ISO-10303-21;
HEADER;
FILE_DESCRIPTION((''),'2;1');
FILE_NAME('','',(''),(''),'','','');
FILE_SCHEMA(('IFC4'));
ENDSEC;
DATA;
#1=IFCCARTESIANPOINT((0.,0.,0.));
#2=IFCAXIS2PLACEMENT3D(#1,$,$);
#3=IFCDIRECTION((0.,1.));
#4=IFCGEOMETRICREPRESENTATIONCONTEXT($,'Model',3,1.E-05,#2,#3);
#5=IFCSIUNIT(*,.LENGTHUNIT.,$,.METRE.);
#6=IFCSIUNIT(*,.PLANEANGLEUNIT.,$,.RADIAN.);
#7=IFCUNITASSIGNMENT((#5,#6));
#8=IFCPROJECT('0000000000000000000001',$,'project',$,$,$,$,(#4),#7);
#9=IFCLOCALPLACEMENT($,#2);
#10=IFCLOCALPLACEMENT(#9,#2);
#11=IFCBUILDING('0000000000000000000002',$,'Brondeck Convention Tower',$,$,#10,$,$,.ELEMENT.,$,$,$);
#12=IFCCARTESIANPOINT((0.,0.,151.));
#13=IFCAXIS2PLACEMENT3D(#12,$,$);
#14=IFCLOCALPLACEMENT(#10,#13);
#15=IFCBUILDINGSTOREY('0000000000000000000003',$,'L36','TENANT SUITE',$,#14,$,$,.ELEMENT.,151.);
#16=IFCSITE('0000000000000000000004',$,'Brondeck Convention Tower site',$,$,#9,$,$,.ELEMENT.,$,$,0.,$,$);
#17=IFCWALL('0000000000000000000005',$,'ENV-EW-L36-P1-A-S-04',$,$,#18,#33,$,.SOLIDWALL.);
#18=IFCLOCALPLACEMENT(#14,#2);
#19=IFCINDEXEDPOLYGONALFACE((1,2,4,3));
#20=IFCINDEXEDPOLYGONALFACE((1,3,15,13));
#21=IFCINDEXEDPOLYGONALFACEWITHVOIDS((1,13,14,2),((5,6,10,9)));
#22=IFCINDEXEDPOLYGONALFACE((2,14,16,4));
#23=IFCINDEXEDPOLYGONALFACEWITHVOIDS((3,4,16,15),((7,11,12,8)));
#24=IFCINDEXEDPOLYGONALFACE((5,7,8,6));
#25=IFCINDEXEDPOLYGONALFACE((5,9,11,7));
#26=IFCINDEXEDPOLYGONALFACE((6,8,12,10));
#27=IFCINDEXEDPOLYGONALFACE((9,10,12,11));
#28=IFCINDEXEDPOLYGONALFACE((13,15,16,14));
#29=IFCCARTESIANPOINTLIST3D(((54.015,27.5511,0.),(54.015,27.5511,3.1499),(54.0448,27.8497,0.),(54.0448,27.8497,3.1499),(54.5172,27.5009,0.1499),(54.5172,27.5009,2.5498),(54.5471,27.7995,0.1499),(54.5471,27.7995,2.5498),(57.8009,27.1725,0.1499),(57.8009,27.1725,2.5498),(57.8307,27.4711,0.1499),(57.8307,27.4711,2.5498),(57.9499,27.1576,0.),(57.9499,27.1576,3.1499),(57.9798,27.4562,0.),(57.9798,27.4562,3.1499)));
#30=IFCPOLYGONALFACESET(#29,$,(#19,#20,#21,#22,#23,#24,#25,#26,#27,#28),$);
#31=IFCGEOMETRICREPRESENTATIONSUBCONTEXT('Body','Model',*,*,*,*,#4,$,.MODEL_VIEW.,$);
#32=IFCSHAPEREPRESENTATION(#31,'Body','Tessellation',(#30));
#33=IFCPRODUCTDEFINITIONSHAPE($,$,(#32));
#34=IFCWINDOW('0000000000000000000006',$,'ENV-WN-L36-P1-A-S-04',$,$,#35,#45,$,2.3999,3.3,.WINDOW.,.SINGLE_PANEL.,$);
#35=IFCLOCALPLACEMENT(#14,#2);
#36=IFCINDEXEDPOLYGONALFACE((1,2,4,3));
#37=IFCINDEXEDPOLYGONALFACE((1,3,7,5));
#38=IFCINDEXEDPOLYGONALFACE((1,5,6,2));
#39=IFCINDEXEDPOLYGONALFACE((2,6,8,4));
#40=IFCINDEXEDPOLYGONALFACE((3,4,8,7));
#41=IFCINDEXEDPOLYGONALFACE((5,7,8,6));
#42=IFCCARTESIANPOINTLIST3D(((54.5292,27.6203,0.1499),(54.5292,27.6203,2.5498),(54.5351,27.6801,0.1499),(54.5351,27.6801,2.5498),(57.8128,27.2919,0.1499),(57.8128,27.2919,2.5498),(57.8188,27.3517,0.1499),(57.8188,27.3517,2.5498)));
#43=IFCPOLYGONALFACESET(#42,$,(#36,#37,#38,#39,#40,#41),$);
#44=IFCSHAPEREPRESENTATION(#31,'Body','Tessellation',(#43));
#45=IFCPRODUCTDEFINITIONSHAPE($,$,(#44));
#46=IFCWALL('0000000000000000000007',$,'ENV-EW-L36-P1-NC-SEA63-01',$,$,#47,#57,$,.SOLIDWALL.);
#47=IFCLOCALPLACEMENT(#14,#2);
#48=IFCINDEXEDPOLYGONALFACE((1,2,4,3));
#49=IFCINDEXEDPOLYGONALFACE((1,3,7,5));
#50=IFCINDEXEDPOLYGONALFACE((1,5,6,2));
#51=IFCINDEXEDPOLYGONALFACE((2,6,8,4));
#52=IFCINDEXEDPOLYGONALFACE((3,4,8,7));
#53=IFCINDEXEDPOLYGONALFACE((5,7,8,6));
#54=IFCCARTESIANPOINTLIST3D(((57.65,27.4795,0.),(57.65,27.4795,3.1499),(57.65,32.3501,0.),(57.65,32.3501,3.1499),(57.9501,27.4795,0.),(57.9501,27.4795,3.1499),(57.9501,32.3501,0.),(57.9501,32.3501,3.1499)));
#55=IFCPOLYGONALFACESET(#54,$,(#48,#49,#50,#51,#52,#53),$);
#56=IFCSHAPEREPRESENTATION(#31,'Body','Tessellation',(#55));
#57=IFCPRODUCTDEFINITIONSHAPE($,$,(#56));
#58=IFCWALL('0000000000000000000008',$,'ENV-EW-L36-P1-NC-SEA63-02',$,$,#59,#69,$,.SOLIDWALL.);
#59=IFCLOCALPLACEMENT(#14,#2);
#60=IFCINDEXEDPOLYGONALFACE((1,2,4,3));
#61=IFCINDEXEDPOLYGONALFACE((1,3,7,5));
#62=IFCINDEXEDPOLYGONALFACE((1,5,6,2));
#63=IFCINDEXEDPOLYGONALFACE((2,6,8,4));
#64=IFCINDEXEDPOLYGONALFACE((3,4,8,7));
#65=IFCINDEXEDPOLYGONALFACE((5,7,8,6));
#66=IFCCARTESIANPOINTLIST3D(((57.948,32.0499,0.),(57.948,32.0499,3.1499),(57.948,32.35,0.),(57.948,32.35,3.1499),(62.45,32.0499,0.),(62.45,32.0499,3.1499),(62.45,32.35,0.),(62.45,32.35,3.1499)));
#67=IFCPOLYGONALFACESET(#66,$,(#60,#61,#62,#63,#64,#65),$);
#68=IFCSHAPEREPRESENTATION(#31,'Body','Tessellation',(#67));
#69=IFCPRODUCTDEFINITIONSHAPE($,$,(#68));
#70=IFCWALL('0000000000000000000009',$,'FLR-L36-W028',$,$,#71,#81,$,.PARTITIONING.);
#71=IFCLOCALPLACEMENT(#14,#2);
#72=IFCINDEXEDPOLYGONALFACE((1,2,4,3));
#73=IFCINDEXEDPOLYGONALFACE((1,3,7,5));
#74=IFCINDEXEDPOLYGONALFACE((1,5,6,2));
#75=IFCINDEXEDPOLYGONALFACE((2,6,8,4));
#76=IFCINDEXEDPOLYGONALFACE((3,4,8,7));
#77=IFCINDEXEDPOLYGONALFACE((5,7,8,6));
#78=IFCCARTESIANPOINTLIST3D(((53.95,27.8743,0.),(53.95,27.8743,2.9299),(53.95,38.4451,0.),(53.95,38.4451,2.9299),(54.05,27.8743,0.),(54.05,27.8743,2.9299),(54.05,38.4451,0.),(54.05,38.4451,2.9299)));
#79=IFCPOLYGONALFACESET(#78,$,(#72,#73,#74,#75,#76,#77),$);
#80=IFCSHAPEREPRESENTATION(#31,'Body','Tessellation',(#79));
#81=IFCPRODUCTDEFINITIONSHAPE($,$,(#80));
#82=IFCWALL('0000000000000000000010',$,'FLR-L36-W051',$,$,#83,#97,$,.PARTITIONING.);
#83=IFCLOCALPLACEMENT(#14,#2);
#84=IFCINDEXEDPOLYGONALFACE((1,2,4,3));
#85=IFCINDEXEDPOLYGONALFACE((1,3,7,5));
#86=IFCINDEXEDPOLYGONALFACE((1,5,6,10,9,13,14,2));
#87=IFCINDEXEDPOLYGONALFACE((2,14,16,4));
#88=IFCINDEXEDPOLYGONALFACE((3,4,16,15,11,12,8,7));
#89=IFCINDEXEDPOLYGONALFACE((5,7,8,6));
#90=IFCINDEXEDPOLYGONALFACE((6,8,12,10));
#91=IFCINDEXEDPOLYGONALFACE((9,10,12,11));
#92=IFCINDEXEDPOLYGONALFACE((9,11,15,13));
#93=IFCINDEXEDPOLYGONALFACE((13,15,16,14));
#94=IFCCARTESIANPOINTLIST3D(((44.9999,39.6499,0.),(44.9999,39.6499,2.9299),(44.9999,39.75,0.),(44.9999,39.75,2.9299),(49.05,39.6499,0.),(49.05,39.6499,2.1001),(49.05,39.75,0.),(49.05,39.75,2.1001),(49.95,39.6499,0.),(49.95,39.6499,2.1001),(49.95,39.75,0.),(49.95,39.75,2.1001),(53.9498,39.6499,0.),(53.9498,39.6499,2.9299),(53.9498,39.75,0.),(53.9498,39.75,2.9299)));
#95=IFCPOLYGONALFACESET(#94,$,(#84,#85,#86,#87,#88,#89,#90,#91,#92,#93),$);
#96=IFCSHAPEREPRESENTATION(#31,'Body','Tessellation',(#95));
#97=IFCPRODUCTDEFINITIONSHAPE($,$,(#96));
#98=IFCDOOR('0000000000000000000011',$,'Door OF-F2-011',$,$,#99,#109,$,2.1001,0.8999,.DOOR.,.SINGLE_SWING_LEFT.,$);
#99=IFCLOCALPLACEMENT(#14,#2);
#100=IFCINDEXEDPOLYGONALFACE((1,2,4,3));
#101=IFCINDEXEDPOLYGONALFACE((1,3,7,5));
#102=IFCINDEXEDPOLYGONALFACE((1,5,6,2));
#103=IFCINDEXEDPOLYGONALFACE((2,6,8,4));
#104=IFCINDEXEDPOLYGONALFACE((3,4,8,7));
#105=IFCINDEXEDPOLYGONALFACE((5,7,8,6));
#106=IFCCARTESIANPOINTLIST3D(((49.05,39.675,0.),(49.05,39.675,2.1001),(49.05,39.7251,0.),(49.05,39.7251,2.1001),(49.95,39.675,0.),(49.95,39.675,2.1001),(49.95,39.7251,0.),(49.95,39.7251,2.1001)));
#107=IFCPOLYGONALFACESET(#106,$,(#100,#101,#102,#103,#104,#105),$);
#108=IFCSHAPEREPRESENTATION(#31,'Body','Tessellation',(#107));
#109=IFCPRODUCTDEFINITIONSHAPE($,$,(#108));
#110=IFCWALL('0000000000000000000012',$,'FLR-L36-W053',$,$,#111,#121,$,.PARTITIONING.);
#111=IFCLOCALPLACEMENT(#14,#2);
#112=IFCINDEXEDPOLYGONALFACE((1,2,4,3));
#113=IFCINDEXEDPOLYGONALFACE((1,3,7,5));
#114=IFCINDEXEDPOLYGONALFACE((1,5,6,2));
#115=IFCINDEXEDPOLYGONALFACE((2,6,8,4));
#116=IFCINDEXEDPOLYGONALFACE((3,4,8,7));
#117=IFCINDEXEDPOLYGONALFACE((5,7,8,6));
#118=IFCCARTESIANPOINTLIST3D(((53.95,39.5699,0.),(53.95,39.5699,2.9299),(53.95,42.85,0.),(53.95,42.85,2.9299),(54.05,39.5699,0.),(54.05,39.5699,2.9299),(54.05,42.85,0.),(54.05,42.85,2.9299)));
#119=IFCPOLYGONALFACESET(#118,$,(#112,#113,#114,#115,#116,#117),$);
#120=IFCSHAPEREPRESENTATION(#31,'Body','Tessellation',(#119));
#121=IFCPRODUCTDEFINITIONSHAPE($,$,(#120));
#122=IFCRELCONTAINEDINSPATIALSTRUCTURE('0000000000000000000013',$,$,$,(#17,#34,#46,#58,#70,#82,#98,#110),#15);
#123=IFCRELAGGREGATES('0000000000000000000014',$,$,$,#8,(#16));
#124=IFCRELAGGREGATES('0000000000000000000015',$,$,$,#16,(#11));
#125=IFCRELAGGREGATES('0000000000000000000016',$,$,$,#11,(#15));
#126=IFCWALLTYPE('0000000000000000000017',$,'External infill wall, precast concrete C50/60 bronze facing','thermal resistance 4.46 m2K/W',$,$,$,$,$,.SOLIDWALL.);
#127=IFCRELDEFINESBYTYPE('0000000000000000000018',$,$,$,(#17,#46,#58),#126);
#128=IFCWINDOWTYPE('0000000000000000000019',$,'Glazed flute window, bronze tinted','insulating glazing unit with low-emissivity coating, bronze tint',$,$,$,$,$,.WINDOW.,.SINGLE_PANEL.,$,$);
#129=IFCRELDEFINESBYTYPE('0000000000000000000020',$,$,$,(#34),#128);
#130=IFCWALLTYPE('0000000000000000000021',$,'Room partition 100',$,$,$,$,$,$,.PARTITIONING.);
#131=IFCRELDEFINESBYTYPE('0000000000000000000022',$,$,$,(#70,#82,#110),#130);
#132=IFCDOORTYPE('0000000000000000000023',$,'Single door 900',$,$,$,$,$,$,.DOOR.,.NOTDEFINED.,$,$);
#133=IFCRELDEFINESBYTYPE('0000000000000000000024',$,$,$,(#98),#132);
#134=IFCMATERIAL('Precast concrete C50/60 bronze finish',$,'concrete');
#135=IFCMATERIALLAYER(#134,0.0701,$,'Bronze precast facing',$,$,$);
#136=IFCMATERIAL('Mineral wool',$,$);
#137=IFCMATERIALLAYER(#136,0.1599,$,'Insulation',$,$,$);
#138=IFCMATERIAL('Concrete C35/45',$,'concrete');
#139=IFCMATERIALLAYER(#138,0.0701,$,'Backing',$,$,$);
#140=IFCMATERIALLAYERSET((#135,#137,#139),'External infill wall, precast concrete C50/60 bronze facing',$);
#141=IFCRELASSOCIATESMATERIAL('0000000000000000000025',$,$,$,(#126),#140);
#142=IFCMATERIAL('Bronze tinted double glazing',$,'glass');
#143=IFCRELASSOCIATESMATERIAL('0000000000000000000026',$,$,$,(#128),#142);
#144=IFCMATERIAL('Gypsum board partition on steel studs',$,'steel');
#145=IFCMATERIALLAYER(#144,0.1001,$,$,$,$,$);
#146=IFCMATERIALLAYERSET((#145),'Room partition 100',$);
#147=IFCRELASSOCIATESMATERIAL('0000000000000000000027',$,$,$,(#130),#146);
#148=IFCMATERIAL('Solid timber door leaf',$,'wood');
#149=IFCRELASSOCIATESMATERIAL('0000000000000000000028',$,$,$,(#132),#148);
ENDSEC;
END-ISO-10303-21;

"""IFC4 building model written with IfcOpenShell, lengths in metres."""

from ifc_helpers import new_model, si_unit, direction, frame, frame_2d, origin, place, context, subcontext, project, spatial, rectangle, extrude, material, layer, layer_set, type_object, element, fill, save


model = new_model("IFC4")

# Units and contexts
model_context = context("Model", 3, precision=1e-05, world=origin(), true_north=direction((0.0, 1.0)))
body_context = subcontext(model_context, "Body", "Model", "MODEL_VIEW")
ifc_project = project(units=[si_unit("LENGTHUNIT", "METRE"), si_unit("PLANEANGLEUNIT", "RADIAN")], contexts=[model_context])

# Site, building, storey
site_placement = place(None, origin())
site = spatial("IfcSite", under=ifc_project, at=site_placement, Name="Brondeck Convention Tower site", CompositionType="ELEMENT", RefElevation=0.0)
building_placement = place(site_placement, origin())
building = spatial("IfcBuilding", under=site, at=building_placement, Name="Brondeck Convention Tower", CompositionType="ELEMENT")
storey_placement = place(building_placement, frame((0.0, 0.0, 151.0)))
storey = spatial("IfcBuildingStorey", under=building, at=storey_placement, Name="L36", Description="TENANT SUITE", CompositionType="ELEMENT", Elevation=151.0)

# Shared definitions
ifc_material_1 = material(Name="Precast concrete C50/60 bronze finish", Category="concrete")
ifc_layer_1 = layer(ifc_material_1, 0.0701, Name="Bronze precast facing")
ifc_material_2 = material(Name="Mineral wool")
ifc_layer_2 = layer(ifc_material_2, 0.1599, Name="Insulation")
ifc_material_3 = material(Name="Concrete C35/45", Category="concrete")
ifc_layer_3 = layer(ifc_material_3, 0.0701, Name="Backing")
ifc_layer_set_1 = layer_set([ifc_layer_1, ifc_layer_2, ifc_layer_3], Name="External infill wall, precast concrete C50/60 bronze facing")
wall_type_1 = type_object("IfcWallType", Name="External infill wall, precast concrete C50/60 bronze facing", Description="thermal resistance 4.46 m2K/W", PredefinedType="SOLIDWALL", material=ifc_layer_set_1)
ifc_material_4 = material(Name="Bronze tinted double glazing", Category="glass")
window_type_1 = type_object("IfcWindowType", Name="Glazed flute window, bronze tinted", Description="insulating glazing unit with low-emissivity coating, bronze tint", PartitioningType="SINGLE_PANEL", PredefinedType="WINDOW", material=ifc_material_4)

# Wall, opening, window
wall_1_placement = place(storey_placement, frame((57.9648, 27.3069, 0.0), z_axis=(0.0, 0.0, 1.0), x_axis=(-0.995036, 0.099516, 0.0)))
wall_1 = element("IfcWall", 1, at=wall_1_placement, inside=storey, type_object=wall_type_1, Name="ENV-EW-L36-P1-A-S-04", PredefinedType="SOLIDWALL", context=body_context, shape_type="SweptSolid", body=[
    extrude(rectangle(XDim=3.9546, YDim=0.3, at=frame_2d((1.9773, 0.0))), origin(), (0.0, 0.0, 1.0), 3.1499),
])
opening_1_placement = place(wall_1_placement, frame((0.1499, 0.0, 0.1499)))
opening_1 = element("IfcOpeningElement", 2, at=opening_1_placement, cuts=wall_1, PredefinedType="OPENING", context=body_context, shape_type="SweptSolid", body=[
    extrude(rectangle(XDim=3.3, YDim=2.3999, at=frame_2d((1.6499, 1.2))), frame((0.0, 0.1599, 0.0), z_axis=(0.0, -1.0, 0.0), x_axis=(1.0, 0.0, 0.0)), (0.0, 0.0, 1.0), 0.3201),
])
window_1_placement = place(opening_1_placement, origin())
window_1 = element("IfcWindow", 3, at=window_1_placement, inside=storey, type_object=window_type_1, Name="ENV-WN-L36-P1-A-S-04", OverallHeight=2.3999, OverallWidth=3.3, PartitioningType="SINGLE_PANEL", PredefinedType="WINDOW", context=body_context, shape_type="SweptSolid", body=[
    extrude(rectangle(XDim=3.3, YDim=2.3999, at=frame_2d((1.6499, 1.2))), frame((0.0, 0.03, 0.0), z_axis=(0.0, -1.0, 0.0), x_axis=(1.0, 0.0, 0.0)), (0.0, 0.0, 1.0), 0.0601),
])
fill(opening_1, window_1)

# Walls
wall_2_placement = place(storey_placement, frame((57.8, 32.3501, 0.0), z_axis=(0.0, 0.0, 1.0), x_axis=(0.0, -1.0, 0.0)))
element("IfcWall", 4, at=wall_2_placement, inside=storey, type_object=wall_type_1, Name="ENV-EW-L36-P1-NC-SEA63-01", PredefinedType="SOLIDWALL", context=body_context, shape_type="SweptSolid", body=[
    extrude(rectangle(XDim=4.8706, YDim=0.3, at=frame_2d((2.4353, 0.0))), origin(), (0.0, 0.0, 1.0), 3.1499),
])
wall_3_placement = place(storey_placement, frame((62.45, 32.2, 0.0), z_axis=(0.0, 0.0, 1.0), x_axis=(-1.0, 0.0, 0.0)))
element("IfcWall", 5, at=wall_3_placement, inside=storey, type_object=wall_type_1, Name="ENV-EW-L36-P1-NC-SEA63-02", PredefinedType="SOLIDWALL", context=body_context, shape_type="SweptSolid", body=[
    extrude(rectangle(XDim=4.502, YDim=0.3, at=frame_2d((2.251, 0.0))), origin(), (0.0, 0.0, 1.0), 3.1499),
])
ifc_material_5 = material(Name="Gypsum board partition on steel studs", Category="steel")
ifc_layer_4 = layer(ifc_material_5, 0.1001)
ifc_layer_set_2 = layer_set([ifc_layer_4], Name="Room partition 100")
wall_type_2 = type_object("IfcWallType", Name="Room partition 100", PredefinedType="PARTITIONING", material=ifc_layer_set_2)
wall_4_placement = place(storey_placement, frame((54.0, 27.8743, 0.0), z_axis=(0.0, 0.0, 1.0), x_axis=(0.0, 1.0, 0.0)))
element("IfcWall", 6, at=wall_4_placement, inside=storey, type_object=wall_type_2, Name="FLR-L36-W028", PredefinedType="PARTITIONING", context=body_context, shape_type="SweptSolid", body=[
    extrude(rectangle(XDim=10.5708, YDim=0.1001, at=frame_2d((5.2854, 0.0))), origin(), (0.0, 0.0, 1.0), 2.9299),
])

# Wall, opening, door
wall_5_placement = place(storey_placement, frame((53.95, 39.7, 0.0), z_axis=(0.0, 0.0, 1.0), x_axis=(-1.0, 0.0, 0.0)))
wall_5 = element("IfcWall", 7, at=wall_5_placement, inside=storey, type_object=wall_type_2, Name="FLR-L36-W051", PredefinedType="PARTITIONING", context=body_context, shape_type="SweptSolid", body=[
    extrude(rectangle(XDim=8.95, YDim=0.1001, at=frame_2d((4.4751, 0.0))), origin(), (0.0, 0.0, 1.0), 2.9299),
])
opening_2_placement = place(wall_5_placement, frame((4.0, 0.0, 0.0)))
opening_2 = element("IfcOpeningElement", 8, at=opening_2_placement, cuts=wall_5, PredefinedType="OPENING", context=body_context, shape_type="SweptSolid", body=[
    extrude(rectangle(XDim=0.8999, YDim=2.1001, at=frame_2d((0.45, 1.05))), frame((0.0, 0.0601, 0.0), z_axis=(0.0, -1.0, 0.0), x_axis=(1.0, 0.0, 0.0)), (0.0, 0.0, 1.0), 0.1201),
])
ifc_material_6 = material(Name="Solid timber door leaf", Category="wood")
door_type = type_object("IfcDoorType", Name="Single door 900", OperationType="NOTDEFINED", PredefinedType="DOOR", material=ifc_material_6)
door_placement = place(opening_2_placement, origin())
door = element("IfcDoor", 9, at=door_placement, inside=storey, type_object=door_type, Name="Door OF-F2-011", OperationType="SINGLE_SWING_LEFT", OverallHeight=2.1001, OverallWidth=0.8999, PredefinedType="DOOR", context=body_context, shape_type="SweptSolid", body=[
    extrude(rectangle(XDim=0.8999, YDim=2.1001, at=frame_2d((0.45, 1.05))), frame((0.0, 0.0249, 0.0), z_axis=(0.0, -1.0, 0.0), x_axis=(1.0, 0.0, 0.0)), (0.0, 0.0, 1.0), 0.05),
])
fill(opening_2, door)

# Wall
wall_6_placement = place(storey_placement, frame((54.0, 42.8501, 0.0), z_axis=(0.0, 0.0, 1.0), x_axis=(0.0, -1.0, 0.0)))
element("IfcWall", 10, at=wall_6_placement, inside=storey, type_object=wall_type_2, Name="FLR-L36-W053", PredefinedType="PARTITIONING", context=body_context, shape_type="SweptSolid", body=[
    extrude(rectangle(XDim=3.28, YDim=0.1001, at=frame_2d((1.6401, 0.0))), origin(), (0.0, 0.0, 1.0), 2.9299),
])

save(model, "model.ifc")
